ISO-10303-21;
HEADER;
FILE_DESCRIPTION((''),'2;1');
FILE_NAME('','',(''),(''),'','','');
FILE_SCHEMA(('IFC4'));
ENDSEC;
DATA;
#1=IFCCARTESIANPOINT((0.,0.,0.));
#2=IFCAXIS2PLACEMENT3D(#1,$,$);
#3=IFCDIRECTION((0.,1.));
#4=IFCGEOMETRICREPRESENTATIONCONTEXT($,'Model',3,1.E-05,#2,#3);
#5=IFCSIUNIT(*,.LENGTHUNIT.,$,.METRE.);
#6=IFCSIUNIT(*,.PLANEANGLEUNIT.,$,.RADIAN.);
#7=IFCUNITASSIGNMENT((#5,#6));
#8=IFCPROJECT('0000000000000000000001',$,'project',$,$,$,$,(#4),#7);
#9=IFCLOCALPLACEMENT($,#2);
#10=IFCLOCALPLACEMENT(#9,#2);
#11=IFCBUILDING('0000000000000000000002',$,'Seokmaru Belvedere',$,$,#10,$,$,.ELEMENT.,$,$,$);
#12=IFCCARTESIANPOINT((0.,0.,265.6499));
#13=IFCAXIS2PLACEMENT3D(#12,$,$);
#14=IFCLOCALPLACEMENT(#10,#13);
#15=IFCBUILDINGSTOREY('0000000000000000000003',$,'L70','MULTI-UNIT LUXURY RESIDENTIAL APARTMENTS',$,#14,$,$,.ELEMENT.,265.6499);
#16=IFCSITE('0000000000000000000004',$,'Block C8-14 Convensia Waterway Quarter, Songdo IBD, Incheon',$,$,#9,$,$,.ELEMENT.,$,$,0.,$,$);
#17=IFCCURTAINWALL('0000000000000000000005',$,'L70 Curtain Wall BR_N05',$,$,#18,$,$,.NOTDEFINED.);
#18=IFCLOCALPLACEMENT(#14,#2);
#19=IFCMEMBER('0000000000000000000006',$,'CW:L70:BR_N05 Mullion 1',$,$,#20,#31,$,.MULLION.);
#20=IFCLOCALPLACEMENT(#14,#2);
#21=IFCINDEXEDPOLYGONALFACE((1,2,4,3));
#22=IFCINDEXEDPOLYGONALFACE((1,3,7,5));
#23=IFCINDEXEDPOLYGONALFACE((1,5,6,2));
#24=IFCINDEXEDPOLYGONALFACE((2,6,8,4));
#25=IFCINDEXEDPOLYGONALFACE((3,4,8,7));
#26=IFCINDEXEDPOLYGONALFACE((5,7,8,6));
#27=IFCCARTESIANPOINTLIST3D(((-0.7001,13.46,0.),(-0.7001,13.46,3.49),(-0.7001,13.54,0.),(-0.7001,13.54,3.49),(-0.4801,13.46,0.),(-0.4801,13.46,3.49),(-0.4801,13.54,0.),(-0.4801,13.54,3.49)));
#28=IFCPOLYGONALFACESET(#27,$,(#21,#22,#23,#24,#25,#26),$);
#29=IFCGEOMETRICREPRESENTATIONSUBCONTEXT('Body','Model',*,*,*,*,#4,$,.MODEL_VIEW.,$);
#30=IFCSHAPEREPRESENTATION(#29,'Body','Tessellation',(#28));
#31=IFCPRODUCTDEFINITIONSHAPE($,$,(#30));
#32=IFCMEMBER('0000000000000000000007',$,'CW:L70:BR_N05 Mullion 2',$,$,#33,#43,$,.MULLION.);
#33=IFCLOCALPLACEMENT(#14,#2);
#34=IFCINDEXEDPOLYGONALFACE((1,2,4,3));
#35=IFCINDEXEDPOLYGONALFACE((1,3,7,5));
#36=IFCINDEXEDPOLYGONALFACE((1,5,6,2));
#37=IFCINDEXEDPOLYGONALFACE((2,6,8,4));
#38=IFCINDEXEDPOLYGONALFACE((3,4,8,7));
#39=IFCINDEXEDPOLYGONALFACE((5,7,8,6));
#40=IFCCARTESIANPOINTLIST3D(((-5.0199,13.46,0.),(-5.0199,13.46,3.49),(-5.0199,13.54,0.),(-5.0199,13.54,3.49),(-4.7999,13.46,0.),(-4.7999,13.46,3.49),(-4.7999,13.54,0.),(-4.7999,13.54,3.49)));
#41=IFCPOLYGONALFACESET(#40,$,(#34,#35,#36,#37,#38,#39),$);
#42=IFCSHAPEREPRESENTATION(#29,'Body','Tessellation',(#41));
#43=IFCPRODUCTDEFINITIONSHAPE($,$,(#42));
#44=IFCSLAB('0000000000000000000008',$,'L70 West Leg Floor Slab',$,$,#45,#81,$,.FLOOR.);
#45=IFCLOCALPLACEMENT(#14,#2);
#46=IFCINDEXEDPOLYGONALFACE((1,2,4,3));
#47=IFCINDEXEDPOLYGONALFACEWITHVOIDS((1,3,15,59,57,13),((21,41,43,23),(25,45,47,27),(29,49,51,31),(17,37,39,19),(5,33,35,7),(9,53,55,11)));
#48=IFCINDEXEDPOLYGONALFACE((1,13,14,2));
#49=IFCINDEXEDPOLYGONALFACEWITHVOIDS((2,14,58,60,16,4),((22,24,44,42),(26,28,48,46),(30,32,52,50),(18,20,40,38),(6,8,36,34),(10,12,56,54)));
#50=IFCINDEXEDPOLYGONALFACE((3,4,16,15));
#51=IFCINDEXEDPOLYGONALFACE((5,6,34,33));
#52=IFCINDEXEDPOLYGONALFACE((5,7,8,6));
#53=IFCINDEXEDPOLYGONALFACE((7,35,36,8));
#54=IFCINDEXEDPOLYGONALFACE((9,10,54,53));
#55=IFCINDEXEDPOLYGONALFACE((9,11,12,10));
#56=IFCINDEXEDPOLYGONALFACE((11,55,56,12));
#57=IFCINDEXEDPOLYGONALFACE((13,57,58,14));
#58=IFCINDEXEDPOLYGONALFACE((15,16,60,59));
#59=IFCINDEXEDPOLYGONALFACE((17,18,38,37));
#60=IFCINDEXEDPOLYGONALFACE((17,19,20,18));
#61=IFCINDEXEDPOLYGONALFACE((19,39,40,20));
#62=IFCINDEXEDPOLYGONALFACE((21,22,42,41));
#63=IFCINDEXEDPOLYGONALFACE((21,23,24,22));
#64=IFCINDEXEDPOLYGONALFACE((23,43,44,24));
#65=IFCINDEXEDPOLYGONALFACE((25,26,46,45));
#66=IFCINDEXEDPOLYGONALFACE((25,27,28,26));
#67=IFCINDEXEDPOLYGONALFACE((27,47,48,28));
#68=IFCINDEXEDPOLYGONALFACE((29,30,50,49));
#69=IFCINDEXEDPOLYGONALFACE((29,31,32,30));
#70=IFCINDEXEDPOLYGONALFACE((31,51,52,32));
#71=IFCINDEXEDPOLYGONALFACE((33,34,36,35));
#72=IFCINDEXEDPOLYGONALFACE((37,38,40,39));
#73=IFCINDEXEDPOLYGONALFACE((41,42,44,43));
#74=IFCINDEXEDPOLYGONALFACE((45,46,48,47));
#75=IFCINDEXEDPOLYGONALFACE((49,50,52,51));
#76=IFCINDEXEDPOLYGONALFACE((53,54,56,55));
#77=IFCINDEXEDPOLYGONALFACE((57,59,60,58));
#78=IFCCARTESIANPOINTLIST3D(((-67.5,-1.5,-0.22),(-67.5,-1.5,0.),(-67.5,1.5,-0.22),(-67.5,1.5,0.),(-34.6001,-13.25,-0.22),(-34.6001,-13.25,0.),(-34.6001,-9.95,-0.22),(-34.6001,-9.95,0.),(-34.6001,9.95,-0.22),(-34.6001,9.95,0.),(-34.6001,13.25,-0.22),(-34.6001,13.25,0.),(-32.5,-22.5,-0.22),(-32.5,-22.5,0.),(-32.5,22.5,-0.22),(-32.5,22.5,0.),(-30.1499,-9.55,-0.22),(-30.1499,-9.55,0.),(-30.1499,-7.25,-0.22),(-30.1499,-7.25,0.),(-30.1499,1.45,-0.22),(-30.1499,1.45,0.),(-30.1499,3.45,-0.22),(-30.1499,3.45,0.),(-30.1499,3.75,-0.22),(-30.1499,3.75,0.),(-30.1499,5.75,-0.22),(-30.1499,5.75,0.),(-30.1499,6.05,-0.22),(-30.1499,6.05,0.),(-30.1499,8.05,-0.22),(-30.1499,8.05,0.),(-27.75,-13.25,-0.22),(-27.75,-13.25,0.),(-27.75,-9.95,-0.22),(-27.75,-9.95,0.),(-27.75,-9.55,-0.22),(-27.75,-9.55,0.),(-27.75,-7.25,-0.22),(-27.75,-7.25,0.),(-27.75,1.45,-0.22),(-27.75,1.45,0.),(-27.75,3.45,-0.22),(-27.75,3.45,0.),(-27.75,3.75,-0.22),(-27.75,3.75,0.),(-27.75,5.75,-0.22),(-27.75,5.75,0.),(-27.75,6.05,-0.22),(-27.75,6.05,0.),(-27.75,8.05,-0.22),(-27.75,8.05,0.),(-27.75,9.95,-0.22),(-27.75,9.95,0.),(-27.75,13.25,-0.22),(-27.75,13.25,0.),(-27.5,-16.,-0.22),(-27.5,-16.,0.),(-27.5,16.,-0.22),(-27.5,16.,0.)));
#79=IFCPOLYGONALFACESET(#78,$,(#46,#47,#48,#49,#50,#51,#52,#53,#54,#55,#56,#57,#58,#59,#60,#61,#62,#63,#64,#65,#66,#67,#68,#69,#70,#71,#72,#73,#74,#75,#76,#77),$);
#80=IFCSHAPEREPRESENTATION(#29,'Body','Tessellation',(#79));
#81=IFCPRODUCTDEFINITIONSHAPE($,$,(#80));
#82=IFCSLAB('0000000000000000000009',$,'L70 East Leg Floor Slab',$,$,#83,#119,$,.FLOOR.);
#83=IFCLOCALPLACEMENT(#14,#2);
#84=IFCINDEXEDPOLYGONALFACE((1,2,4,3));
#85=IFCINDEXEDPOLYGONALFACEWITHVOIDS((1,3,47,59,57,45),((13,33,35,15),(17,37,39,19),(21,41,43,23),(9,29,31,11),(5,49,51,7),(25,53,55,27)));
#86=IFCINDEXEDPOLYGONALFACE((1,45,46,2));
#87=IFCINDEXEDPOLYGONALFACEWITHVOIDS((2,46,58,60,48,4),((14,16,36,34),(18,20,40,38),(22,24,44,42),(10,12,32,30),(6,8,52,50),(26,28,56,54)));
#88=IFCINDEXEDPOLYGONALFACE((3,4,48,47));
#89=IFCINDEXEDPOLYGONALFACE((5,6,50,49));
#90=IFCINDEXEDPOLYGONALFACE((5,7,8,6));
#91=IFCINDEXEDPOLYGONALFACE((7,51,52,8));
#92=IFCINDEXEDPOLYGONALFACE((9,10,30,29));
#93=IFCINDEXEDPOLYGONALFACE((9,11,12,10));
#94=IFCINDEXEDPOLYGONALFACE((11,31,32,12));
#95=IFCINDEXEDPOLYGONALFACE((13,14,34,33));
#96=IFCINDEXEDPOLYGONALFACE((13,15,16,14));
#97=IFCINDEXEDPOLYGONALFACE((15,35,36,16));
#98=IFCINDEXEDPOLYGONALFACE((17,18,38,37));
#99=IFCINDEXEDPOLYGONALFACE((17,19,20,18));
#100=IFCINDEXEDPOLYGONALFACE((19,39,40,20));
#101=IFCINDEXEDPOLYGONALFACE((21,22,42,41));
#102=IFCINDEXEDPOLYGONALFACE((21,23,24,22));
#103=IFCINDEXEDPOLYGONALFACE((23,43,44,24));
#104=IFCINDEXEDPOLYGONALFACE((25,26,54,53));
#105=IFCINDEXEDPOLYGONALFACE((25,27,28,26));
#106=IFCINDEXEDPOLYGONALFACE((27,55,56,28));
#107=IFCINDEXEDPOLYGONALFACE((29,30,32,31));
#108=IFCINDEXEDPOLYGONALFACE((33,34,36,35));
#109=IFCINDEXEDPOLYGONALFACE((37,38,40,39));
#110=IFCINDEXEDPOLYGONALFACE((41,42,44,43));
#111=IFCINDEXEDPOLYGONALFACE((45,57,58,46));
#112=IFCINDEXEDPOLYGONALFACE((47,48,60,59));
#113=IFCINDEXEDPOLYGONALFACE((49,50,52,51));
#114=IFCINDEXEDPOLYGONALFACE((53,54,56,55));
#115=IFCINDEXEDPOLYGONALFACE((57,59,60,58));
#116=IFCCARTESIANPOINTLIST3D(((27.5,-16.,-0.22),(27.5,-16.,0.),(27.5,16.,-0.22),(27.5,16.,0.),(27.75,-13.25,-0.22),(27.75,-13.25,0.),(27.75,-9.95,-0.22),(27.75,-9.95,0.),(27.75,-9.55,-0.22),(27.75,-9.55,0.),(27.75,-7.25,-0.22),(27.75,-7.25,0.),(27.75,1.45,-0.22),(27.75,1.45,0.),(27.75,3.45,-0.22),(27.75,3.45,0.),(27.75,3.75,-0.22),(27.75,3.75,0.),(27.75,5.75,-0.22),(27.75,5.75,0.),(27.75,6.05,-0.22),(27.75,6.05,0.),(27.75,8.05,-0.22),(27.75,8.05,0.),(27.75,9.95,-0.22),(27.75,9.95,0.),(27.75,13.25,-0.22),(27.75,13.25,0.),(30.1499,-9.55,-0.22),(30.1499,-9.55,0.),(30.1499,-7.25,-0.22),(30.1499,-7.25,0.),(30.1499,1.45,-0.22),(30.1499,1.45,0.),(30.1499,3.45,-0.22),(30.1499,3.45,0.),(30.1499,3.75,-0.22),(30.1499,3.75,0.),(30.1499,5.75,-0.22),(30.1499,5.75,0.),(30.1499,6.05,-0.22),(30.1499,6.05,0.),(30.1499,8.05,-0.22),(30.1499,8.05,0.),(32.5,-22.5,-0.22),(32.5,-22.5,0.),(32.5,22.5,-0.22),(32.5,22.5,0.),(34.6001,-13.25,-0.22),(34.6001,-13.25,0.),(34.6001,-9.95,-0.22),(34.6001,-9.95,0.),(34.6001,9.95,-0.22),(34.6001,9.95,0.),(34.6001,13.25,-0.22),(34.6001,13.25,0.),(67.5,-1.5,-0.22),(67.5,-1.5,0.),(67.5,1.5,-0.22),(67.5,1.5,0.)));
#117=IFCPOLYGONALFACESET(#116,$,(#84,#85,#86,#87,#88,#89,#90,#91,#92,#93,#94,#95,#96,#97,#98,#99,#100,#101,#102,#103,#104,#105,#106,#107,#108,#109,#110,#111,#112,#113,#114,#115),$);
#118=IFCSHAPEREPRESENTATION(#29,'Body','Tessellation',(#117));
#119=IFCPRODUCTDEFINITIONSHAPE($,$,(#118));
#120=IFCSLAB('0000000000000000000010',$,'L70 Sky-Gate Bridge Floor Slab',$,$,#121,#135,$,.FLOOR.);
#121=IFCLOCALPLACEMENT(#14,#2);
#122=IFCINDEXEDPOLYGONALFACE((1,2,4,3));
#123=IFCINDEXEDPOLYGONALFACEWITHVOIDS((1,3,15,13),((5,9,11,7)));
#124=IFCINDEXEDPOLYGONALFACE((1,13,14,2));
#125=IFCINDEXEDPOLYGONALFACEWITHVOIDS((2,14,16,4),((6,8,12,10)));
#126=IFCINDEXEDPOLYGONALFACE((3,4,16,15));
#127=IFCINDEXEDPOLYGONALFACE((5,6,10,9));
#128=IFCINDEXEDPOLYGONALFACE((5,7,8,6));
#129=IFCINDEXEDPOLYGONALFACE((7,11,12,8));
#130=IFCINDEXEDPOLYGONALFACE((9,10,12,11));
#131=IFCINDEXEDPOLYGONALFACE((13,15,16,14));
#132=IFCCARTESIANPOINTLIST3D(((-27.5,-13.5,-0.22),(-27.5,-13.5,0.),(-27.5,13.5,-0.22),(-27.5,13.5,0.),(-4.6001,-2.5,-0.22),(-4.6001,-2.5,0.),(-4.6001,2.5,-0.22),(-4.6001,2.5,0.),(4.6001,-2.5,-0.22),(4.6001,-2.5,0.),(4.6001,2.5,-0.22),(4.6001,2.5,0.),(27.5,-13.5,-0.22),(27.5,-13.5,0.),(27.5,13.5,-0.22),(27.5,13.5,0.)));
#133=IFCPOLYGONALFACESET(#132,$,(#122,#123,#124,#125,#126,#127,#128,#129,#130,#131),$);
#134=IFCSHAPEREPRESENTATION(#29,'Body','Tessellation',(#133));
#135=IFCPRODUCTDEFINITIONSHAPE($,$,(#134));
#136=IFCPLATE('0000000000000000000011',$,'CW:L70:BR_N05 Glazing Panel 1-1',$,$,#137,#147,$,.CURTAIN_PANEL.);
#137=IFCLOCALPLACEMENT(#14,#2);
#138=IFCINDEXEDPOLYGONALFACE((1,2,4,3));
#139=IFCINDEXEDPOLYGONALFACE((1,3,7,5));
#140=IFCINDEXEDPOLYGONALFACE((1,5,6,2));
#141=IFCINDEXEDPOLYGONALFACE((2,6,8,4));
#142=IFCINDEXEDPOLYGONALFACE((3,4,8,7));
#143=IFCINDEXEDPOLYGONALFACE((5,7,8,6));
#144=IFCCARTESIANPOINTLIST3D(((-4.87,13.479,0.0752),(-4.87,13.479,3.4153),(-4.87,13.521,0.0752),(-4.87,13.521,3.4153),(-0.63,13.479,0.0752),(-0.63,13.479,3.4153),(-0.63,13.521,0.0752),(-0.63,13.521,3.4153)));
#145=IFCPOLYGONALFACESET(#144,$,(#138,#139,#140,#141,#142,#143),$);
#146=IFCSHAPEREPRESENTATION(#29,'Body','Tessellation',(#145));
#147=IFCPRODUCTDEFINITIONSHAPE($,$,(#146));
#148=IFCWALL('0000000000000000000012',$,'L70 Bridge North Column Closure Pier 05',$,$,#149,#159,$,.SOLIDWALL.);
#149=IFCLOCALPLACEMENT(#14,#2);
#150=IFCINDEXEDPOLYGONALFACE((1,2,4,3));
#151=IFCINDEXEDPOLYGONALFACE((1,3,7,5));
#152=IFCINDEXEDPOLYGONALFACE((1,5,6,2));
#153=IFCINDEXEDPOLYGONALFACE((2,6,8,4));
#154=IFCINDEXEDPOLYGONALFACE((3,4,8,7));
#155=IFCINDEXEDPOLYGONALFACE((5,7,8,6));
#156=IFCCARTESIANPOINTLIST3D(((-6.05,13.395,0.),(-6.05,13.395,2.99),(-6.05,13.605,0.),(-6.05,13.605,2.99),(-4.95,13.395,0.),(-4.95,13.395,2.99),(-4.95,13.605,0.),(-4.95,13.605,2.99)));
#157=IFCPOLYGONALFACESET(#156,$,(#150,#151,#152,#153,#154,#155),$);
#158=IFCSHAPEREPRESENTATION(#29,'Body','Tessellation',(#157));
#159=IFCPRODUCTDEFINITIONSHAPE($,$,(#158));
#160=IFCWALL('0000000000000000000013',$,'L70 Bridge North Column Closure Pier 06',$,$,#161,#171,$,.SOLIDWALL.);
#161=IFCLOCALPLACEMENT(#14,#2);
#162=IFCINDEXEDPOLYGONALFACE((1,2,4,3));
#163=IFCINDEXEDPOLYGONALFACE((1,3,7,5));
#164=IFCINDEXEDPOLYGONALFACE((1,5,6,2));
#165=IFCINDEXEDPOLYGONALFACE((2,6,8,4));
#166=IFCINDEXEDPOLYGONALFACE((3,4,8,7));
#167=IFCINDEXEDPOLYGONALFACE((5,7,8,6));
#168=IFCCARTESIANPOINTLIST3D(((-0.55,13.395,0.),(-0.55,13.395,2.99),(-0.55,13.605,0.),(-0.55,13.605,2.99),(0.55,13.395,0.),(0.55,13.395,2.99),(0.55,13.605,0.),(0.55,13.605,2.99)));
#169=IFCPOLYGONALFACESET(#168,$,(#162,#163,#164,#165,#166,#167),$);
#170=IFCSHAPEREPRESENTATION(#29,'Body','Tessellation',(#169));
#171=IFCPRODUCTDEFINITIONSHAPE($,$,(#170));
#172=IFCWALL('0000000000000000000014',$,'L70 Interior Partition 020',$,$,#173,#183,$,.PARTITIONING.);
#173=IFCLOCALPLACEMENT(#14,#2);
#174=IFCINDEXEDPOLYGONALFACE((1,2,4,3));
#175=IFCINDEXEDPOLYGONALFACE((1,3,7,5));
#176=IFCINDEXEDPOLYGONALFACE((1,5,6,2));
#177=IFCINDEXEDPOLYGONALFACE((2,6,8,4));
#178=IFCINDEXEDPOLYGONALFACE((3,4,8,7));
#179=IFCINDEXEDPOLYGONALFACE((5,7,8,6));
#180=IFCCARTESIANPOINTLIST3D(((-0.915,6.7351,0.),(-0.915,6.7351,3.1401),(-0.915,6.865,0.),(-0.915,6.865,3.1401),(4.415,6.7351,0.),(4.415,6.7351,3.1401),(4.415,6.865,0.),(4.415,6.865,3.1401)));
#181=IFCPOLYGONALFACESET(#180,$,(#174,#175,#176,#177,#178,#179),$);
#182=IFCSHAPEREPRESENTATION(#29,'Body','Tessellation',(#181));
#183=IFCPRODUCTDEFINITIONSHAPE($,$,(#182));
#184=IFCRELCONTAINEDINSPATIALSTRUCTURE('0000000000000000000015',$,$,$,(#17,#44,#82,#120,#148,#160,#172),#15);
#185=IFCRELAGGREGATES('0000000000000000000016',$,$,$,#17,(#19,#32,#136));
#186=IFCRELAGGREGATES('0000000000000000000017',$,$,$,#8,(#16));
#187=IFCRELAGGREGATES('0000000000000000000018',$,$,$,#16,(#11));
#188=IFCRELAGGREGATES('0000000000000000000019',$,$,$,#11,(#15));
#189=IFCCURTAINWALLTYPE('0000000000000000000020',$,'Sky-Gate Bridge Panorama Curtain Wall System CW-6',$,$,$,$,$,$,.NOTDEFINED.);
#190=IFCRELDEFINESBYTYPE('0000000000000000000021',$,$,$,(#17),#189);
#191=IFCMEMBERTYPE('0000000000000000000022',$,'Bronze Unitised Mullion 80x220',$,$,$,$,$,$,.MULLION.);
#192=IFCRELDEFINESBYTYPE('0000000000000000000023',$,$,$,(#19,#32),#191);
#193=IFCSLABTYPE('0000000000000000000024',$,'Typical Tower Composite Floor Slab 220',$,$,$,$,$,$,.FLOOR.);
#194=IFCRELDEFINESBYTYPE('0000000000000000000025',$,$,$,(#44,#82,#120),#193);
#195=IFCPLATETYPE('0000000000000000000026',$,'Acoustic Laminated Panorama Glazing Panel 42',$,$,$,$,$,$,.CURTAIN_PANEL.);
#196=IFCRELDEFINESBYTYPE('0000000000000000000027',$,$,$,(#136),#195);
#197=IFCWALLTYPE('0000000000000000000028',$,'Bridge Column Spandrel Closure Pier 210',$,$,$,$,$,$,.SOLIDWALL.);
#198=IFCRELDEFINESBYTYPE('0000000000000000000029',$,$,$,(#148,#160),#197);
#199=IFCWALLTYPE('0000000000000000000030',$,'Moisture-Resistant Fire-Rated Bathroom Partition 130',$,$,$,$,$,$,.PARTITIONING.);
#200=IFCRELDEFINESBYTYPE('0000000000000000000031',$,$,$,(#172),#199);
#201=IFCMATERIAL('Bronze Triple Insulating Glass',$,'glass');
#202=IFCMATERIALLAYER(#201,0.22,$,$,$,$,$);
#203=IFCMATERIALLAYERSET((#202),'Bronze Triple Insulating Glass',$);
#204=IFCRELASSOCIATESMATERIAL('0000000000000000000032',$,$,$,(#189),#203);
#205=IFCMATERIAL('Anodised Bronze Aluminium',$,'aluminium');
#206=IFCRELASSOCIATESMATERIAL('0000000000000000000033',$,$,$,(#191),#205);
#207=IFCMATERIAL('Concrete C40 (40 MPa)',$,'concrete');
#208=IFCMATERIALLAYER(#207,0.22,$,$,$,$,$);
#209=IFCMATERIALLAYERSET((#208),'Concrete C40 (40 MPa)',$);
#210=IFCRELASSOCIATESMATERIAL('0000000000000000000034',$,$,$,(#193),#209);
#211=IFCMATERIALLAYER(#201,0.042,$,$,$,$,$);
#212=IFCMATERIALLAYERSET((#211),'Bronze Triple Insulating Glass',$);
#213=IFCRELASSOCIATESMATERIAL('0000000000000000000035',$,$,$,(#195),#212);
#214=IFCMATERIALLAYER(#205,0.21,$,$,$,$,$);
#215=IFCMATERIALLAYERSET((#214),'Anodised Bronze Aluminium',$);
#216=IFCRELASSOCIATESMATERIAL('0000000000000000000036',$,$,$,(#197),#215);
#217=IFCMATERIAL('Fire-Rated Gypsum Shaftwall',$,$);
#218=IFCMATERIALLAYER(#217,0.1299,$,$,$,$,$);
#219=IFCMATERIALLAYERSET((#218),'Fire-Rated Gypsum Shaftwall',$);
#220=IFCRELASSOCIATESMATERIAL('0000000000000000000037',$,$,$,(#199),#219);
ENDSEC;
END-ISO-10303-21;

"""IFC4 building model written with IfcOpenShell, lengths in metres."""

from ifc_helpers import new_model, si_unit, direction, frame, frame_2d, origin, origin_2d, place, context, subcontext, project, spatial, polyline, rectangle, outline, extrude, source, transform, mapped, material, layer, layer_set, material_profile, profile_set, type_object, type_shapes, element, aggregate, save


model = new_model("IFC4")

# Units and contexts
model_context = context("Model", 3, precision=1e-05, world=origin(), true_north=direction((0.0, 1.0)))
body_context = subcontext(model_context, "Body", "Model", "MODEL_VIEW")
ifc_project = project(units=[si_unit("LENGTHUNIT", "METRE"), si_unit("PLANEANGLEUNIT", "RADIAN")], contexts=[model_context])

# Site, building, storey
site_placement = place(None, origin())
site = spatial("IfcSite", under=ifc_project, at=site_placement, Name="Block C8-14 Convensia Waterway Quarter, Songdo IBD, Incheon", CompositionType="ELEMENT", RefElevation=0.0)
building_placement = place(site_placement, origin())
building = spatial("IfcBuilding", under=site, at=building_placement, Name="Seokmaru Belvedere", CompositionType="ELEMENT")
storey_placement = place(building_placement, frame((0.0, 0.0, 265.6499)))
storey = spatial("IfcBuildingStorey", under=building, at=storey_placement, Name="L70", Description="MULTI-UNIT LUXURY RESIDENTIAL APARTMENTS", CompositionType="ELEMENT", Elevation=265.6499)

# Curtain wall
ifc_material_1 = material(Name="Bronze Triple Insulating Glass", Category="glass")
ifc_layer_1 = layer(ifc_material_1, 0.22)
ifc_layer_set_1 = layer_set([ifc_layer_1], Name="Bronze Triple Insulating Glass")
curtain_wall_type = type_object("IfcCurtainWallType", Name="Sky-Gate Bridge Panorama Curtain Wall System CW-6", PredefinedType="NOTDEFINED", material=ifc_layer_set_1)
curtain_wall_1_placement = place(storey_placement, origin())
curtain_wall_1 = element("IfcCurtainWall", 1, at=curtain_wall_1_placement, inside=storey, type_object=curtain_wall_type, Name="L70 Curtain Wall BR_N05", PredefinedType="NOTDEFINED")
ifc_material_2 = material(Name="Anodised Bronze Aluminium", Category="aluminium")

# Shared definitions
ifc_material_profile_1 = material_profile(ifc_material_2, rectangle(XDim=0.0801, YDim=0.22, at=origin_2d()), Name="CW-M-80x220")
ifc_profile_set_1 = profile_set([ifc_material_profile_1], Name="Anodised Bronze Aluminium")
member_type_1 = type_object("IfcMemberType", Name="Bronze Unitised Mullion 80x220", PredefinedType="MULLION", material=ifc_profile_set_1)
shared_shape_1 = source(origin(), body_context, "Body", "SweptSolid", [
    extrude(rectangle(XDim=0.0801, YDim=0.22, at=origin_2d()), origin(), (0.0, 0.0, 1.0), 3.49),
])
type_shapes(member_type_1, [shared_shape_1])

# Members
member_1_placement = place(storey_placement, frame((-0.5901, 13.5, 0.0), z_axis=(0.0, 0.0, 1.0), x_axis=(0.0, -1.0, 0.0)))
member_1 = element("IfcMember", 2, at=member_1_placement, type_object=member_type_1, Name="CW:L70:BR_N05 Mullion 1", PredefinedType="MULLION", context=body_context, shape_type="MappedRepresentation", body=[
    mapped(shared_shape_1, transform((0.0, 0.0, 0.0), scale=1.0)),
])
member_2_placement = place(storey_placement, frame((-4.9099, 13.5, 0.0), z_axis=(0.0, 0.0, 1.0), x_axis=(0.0, -1.0, 0.0)))
member_2 = element("IfcMember", 3, at=member_2_placement, type_object=member_type_1, Name="CW:L70:BR_N05 Mullion 2", PredefinedType="MULLION", context=body_context, shape_type="MappedRepresentation", body=[
    mapped(shared_shape_1, transform((0.0, 0.0, 0.0), scale=1.0)),
])

# Slabs
ifc_material_3 = material(Name="Concrete C40 (40 MPa)", Category="concrete")
ifc_layer_2 = layer(ifc_material_3, 0.22)
ifc_layer_set_2 = layer_set([ifc_layer_2], Name="Concrete C40 (40 MPa)")
slab_type = type_object("IfcSlabType", Name="Typical Tower Composite Floor Slab 220", PredefinedType="FLOOR", material=ifc_layer_set_2)
slab_1_placement = place(storey_placement, frame((0.0, 0.0, -0.22)))
element("IfcSlab", 4, at=slab_1_placement, inside=storey, type_object=slab_type, Name="L70 West Leg Floor Slab", PredefinedType="FLOOR", context=body_context, shape_type="SweptSolid", body=[
    extrude(outline(polyline([(-27.5, -16.0), (-27.5, 16.0), (-32.5, 22.5), (-67.5, 1.5), (-67.5, -1.5), (-32.5, -22.5), (-27.5, -16.0)]), holes=[polyline([(-34.6001, -13.25), (-27.75, -13.25), (-27.75, -9.95), (-34.6001, -9.95), (-34.6001, -13.25)]), polyline([(-34.6001, 9.95), (-27.75, 9.95), (-27.75, 13.25), (-34.6001, 13.25), (-34.6001, 9.95)]), polyline([(-30.1499, -9.55), (-27.75, -9.55), (-27.75, -7.25), (-30.1499, -7.25), (-30.1499, -9.55)]), polyline([(-30.1499, 1.45), (-27.75, 1.45), (-27.75, 3.45), (-30.1499, 3.45), (-30.1499, 1.45)]), polyline([(-30.1499, 3.75), (-27.75, 3.75), (-27.75, 5.75), (-30.1499, 5.75), (-30.1499, 3.75)]), polyline([(-30.1499, 6.05), (-27.75, 6.05), (-27.75, 8.05), (-30.1499, 8.05), (-30.1499, 6.05)])]), origin(), (0.0, 0.0, 1.0), 0.22),
])
slab_2_placement = place(storey_placement, frame((0.0, 0.0, -0.22)))
element("IfcSlab", 5, at=slab_2_placement, inside=storey, type_object=slab_type, Name="L70 East Leg Floor Slab", PredefinedType="FLOOR", context=body_context, shape_type="SweptSolid", body=[
    extrude(outline(polyline([(32.5, -22.5), (67.5, -1.5), (67.5, 1.5), (32.5, 22.5), (27.5, 16.0), (27.5, -16.0), (32.5, -22.5)]), holes=[polyline([(27.75, -13.25), (34.6001, -13.25), (34.6001, -9.95), (27.75, -9.95), (27.75, -13.25)]), polyline([(27.75, 9.95), (34.6001, 9.95), (34.6001, 13.25), (27.75, 13.25), (27.75, 9.95)]), polyline([(27.75, -9.55), (30.1499, -9.55), (30.1499, -7.25), (27.75, -7.25), (27.75, -9.55)]), polyline([(27.75, 1.45), (30.1499, 1.45), (30.1499, 3.45), (27.75, 3.45), (27.75, 1.45)]), polyline([(27.75, 3.75), (30.1499, 3.75), (30.1499, 5.75), (27.75, 5.75), (27.75, 3.75)]), polyline([(27.75, 6.05), (30.1499, 6.05), (30.1499, 8.05), (27.75, 8.05), (27.75, 6.05)])]), origin(), (0.0, 0.0, 1.0), 0.22),
])
slab_3_placement = place(storey_placement, frame((0.0, 0.0, -0.22)))
element("IfcSlab", 6, at=slab_3_placement, inside=storey, type_object=slab_type, Name="L70 Sky-Gate Bridge Floor Slab", PredefinedType="FLOOR", context=body_context, shape_type="SweptSolid", body=[
    extrude(outline(polyline([(-27.5, -13.5), (27.5, -13.5), (27.5, 13.5), (-27.5, 13.5), (-27.5, -13.5)]), holes=[polyline([(-4.6001, -2.5), (4.6001, -2.5), (4.6001, 2.5), (-4.6001, 2.5), (-4.6001, -2.5)])]), origin(), (0.0, 0.0, 1.0), 0.22),
])

# Plate
ifc_layer_3 = layer(ifc_material_1, 0.042)
ifc_layer_set_3 = layer_set([ifc_layer_3], Name="Bronze Triple Insulating Glass")
plate_type = type_object("IfcPlateType", Name="Acoustic Laminated Panorama Glazing Panel 42", PredefinedType="CURTAIN_PANEL", material=ifc_layer_set_3)
shared_shape_2 = source(origin(), body_context, "Body", "SweptSolid", [
    extrude(rectangle(XDim=4.24, YDim=0.042, at=origin_2d()), origin(), (0.0, 0.0, 1.0), 3.3401),
])
type_shapes(plate_type, [shared_shape_2])
plate_placement = place(storey_placement, frame((-2.75, 13.5, 0.0752), z_axis=(0.0, 0.0, 1.0), x_axis=(-1.0, 0.0, 0.0)))
plate = element("IfcPlate", 7, at=plate_placement, type_object=plate_type, Name="CW:L70:BR_N05 Glazing Panel 1-1", PredefinedType="CURTAIN_PANEL", context=body_context, shape_type="MappedRepresentation", body=[
    mapped(shared_shape_2, transform((0.0, 0.0, 0.0), scale=1.0)),
])
aggregate(curtain_wall_1, [member_1, member_2, plate])

# Walls
ifc_layer_4 = layer(ifc_material_2, 0.21)
ifc_layer_set_4 = layer_set([ifc_layer_4], Name="Anodised Bronze Aluminium")
wall_type_1 = type_object("IfcWallType", Name="Bridge Column Spandrel Closure Pier 210", PredefinedType="SOLIDWALL", material=ifc_layer_set_4)
for number, where, z_axis, x_axis, name in (
    (8, (-6.05, 13.5, 0.0), (0.0, 0.0, 1.0), (1.0, 0.0, 0.0), "L70 Bridge North Column Closure Pier 05"),
    (9, (-0.55, 13.5, 0.0), (0.0, 0.0, 1.0), (1.0, 0.0, 0.0), "L70 Bridge North Column Closure Pier 06"),
):
    element("IfcWall", number, at=place(storey_placement, frame(where, z_axis=z_axis, x_axis=x_axis)), inside=storey, type_object=wall_type_1, Name=name, PredefinedType="SOLIDWALL", context=body_context, shape_type="SweptSolid", body=[
        extrude(rectangle(XDim=1.1001, YDim=0.21, at=frame_2d((0.55, 0.0))), origin(), (0.0, 0.0, 1.0), 2.99),
    ])
ifc_material_4 = material(Name="Fire-Rated Gypsum Shaftwall")
ifc_layer_5 = layer(ifc_material_4, 0.1299)
ifc_layer_set_5 = layer_set([ifc_layer_5], Name="Fire-Rated Gypsum Shaftwall")
wall_type_2 = type_object("IfcWallType", Name="Moisture-Resistant Fire-Rated Bathroom Partition 130", PredefinedType="PARTITIONING", material=ifc_layer_set_5)
wall_1_placement = place(storey_placement, frame((-0.915, 6.8, 0.0), z_axis=(0.0, 0.0, 1.0), x_axis=(1.0, 0.0, 0.0)))
element("IfcWall", 10, at=wall_1_placement, inside=storey, type_object=wall_type_2, Name="L70 Interior Partition 020", PredefinedType="PARTITIONING", context=body_context, shape_type="SweptSolid", body=[
    extrude(rectangle(XDim=5.3301, YDim=0.1299, at=frame_2d((2.665, 0.0))), origin(), (0.0, 0.0, 1.0), 3.1401),
])

save(model, "model.ifc")
